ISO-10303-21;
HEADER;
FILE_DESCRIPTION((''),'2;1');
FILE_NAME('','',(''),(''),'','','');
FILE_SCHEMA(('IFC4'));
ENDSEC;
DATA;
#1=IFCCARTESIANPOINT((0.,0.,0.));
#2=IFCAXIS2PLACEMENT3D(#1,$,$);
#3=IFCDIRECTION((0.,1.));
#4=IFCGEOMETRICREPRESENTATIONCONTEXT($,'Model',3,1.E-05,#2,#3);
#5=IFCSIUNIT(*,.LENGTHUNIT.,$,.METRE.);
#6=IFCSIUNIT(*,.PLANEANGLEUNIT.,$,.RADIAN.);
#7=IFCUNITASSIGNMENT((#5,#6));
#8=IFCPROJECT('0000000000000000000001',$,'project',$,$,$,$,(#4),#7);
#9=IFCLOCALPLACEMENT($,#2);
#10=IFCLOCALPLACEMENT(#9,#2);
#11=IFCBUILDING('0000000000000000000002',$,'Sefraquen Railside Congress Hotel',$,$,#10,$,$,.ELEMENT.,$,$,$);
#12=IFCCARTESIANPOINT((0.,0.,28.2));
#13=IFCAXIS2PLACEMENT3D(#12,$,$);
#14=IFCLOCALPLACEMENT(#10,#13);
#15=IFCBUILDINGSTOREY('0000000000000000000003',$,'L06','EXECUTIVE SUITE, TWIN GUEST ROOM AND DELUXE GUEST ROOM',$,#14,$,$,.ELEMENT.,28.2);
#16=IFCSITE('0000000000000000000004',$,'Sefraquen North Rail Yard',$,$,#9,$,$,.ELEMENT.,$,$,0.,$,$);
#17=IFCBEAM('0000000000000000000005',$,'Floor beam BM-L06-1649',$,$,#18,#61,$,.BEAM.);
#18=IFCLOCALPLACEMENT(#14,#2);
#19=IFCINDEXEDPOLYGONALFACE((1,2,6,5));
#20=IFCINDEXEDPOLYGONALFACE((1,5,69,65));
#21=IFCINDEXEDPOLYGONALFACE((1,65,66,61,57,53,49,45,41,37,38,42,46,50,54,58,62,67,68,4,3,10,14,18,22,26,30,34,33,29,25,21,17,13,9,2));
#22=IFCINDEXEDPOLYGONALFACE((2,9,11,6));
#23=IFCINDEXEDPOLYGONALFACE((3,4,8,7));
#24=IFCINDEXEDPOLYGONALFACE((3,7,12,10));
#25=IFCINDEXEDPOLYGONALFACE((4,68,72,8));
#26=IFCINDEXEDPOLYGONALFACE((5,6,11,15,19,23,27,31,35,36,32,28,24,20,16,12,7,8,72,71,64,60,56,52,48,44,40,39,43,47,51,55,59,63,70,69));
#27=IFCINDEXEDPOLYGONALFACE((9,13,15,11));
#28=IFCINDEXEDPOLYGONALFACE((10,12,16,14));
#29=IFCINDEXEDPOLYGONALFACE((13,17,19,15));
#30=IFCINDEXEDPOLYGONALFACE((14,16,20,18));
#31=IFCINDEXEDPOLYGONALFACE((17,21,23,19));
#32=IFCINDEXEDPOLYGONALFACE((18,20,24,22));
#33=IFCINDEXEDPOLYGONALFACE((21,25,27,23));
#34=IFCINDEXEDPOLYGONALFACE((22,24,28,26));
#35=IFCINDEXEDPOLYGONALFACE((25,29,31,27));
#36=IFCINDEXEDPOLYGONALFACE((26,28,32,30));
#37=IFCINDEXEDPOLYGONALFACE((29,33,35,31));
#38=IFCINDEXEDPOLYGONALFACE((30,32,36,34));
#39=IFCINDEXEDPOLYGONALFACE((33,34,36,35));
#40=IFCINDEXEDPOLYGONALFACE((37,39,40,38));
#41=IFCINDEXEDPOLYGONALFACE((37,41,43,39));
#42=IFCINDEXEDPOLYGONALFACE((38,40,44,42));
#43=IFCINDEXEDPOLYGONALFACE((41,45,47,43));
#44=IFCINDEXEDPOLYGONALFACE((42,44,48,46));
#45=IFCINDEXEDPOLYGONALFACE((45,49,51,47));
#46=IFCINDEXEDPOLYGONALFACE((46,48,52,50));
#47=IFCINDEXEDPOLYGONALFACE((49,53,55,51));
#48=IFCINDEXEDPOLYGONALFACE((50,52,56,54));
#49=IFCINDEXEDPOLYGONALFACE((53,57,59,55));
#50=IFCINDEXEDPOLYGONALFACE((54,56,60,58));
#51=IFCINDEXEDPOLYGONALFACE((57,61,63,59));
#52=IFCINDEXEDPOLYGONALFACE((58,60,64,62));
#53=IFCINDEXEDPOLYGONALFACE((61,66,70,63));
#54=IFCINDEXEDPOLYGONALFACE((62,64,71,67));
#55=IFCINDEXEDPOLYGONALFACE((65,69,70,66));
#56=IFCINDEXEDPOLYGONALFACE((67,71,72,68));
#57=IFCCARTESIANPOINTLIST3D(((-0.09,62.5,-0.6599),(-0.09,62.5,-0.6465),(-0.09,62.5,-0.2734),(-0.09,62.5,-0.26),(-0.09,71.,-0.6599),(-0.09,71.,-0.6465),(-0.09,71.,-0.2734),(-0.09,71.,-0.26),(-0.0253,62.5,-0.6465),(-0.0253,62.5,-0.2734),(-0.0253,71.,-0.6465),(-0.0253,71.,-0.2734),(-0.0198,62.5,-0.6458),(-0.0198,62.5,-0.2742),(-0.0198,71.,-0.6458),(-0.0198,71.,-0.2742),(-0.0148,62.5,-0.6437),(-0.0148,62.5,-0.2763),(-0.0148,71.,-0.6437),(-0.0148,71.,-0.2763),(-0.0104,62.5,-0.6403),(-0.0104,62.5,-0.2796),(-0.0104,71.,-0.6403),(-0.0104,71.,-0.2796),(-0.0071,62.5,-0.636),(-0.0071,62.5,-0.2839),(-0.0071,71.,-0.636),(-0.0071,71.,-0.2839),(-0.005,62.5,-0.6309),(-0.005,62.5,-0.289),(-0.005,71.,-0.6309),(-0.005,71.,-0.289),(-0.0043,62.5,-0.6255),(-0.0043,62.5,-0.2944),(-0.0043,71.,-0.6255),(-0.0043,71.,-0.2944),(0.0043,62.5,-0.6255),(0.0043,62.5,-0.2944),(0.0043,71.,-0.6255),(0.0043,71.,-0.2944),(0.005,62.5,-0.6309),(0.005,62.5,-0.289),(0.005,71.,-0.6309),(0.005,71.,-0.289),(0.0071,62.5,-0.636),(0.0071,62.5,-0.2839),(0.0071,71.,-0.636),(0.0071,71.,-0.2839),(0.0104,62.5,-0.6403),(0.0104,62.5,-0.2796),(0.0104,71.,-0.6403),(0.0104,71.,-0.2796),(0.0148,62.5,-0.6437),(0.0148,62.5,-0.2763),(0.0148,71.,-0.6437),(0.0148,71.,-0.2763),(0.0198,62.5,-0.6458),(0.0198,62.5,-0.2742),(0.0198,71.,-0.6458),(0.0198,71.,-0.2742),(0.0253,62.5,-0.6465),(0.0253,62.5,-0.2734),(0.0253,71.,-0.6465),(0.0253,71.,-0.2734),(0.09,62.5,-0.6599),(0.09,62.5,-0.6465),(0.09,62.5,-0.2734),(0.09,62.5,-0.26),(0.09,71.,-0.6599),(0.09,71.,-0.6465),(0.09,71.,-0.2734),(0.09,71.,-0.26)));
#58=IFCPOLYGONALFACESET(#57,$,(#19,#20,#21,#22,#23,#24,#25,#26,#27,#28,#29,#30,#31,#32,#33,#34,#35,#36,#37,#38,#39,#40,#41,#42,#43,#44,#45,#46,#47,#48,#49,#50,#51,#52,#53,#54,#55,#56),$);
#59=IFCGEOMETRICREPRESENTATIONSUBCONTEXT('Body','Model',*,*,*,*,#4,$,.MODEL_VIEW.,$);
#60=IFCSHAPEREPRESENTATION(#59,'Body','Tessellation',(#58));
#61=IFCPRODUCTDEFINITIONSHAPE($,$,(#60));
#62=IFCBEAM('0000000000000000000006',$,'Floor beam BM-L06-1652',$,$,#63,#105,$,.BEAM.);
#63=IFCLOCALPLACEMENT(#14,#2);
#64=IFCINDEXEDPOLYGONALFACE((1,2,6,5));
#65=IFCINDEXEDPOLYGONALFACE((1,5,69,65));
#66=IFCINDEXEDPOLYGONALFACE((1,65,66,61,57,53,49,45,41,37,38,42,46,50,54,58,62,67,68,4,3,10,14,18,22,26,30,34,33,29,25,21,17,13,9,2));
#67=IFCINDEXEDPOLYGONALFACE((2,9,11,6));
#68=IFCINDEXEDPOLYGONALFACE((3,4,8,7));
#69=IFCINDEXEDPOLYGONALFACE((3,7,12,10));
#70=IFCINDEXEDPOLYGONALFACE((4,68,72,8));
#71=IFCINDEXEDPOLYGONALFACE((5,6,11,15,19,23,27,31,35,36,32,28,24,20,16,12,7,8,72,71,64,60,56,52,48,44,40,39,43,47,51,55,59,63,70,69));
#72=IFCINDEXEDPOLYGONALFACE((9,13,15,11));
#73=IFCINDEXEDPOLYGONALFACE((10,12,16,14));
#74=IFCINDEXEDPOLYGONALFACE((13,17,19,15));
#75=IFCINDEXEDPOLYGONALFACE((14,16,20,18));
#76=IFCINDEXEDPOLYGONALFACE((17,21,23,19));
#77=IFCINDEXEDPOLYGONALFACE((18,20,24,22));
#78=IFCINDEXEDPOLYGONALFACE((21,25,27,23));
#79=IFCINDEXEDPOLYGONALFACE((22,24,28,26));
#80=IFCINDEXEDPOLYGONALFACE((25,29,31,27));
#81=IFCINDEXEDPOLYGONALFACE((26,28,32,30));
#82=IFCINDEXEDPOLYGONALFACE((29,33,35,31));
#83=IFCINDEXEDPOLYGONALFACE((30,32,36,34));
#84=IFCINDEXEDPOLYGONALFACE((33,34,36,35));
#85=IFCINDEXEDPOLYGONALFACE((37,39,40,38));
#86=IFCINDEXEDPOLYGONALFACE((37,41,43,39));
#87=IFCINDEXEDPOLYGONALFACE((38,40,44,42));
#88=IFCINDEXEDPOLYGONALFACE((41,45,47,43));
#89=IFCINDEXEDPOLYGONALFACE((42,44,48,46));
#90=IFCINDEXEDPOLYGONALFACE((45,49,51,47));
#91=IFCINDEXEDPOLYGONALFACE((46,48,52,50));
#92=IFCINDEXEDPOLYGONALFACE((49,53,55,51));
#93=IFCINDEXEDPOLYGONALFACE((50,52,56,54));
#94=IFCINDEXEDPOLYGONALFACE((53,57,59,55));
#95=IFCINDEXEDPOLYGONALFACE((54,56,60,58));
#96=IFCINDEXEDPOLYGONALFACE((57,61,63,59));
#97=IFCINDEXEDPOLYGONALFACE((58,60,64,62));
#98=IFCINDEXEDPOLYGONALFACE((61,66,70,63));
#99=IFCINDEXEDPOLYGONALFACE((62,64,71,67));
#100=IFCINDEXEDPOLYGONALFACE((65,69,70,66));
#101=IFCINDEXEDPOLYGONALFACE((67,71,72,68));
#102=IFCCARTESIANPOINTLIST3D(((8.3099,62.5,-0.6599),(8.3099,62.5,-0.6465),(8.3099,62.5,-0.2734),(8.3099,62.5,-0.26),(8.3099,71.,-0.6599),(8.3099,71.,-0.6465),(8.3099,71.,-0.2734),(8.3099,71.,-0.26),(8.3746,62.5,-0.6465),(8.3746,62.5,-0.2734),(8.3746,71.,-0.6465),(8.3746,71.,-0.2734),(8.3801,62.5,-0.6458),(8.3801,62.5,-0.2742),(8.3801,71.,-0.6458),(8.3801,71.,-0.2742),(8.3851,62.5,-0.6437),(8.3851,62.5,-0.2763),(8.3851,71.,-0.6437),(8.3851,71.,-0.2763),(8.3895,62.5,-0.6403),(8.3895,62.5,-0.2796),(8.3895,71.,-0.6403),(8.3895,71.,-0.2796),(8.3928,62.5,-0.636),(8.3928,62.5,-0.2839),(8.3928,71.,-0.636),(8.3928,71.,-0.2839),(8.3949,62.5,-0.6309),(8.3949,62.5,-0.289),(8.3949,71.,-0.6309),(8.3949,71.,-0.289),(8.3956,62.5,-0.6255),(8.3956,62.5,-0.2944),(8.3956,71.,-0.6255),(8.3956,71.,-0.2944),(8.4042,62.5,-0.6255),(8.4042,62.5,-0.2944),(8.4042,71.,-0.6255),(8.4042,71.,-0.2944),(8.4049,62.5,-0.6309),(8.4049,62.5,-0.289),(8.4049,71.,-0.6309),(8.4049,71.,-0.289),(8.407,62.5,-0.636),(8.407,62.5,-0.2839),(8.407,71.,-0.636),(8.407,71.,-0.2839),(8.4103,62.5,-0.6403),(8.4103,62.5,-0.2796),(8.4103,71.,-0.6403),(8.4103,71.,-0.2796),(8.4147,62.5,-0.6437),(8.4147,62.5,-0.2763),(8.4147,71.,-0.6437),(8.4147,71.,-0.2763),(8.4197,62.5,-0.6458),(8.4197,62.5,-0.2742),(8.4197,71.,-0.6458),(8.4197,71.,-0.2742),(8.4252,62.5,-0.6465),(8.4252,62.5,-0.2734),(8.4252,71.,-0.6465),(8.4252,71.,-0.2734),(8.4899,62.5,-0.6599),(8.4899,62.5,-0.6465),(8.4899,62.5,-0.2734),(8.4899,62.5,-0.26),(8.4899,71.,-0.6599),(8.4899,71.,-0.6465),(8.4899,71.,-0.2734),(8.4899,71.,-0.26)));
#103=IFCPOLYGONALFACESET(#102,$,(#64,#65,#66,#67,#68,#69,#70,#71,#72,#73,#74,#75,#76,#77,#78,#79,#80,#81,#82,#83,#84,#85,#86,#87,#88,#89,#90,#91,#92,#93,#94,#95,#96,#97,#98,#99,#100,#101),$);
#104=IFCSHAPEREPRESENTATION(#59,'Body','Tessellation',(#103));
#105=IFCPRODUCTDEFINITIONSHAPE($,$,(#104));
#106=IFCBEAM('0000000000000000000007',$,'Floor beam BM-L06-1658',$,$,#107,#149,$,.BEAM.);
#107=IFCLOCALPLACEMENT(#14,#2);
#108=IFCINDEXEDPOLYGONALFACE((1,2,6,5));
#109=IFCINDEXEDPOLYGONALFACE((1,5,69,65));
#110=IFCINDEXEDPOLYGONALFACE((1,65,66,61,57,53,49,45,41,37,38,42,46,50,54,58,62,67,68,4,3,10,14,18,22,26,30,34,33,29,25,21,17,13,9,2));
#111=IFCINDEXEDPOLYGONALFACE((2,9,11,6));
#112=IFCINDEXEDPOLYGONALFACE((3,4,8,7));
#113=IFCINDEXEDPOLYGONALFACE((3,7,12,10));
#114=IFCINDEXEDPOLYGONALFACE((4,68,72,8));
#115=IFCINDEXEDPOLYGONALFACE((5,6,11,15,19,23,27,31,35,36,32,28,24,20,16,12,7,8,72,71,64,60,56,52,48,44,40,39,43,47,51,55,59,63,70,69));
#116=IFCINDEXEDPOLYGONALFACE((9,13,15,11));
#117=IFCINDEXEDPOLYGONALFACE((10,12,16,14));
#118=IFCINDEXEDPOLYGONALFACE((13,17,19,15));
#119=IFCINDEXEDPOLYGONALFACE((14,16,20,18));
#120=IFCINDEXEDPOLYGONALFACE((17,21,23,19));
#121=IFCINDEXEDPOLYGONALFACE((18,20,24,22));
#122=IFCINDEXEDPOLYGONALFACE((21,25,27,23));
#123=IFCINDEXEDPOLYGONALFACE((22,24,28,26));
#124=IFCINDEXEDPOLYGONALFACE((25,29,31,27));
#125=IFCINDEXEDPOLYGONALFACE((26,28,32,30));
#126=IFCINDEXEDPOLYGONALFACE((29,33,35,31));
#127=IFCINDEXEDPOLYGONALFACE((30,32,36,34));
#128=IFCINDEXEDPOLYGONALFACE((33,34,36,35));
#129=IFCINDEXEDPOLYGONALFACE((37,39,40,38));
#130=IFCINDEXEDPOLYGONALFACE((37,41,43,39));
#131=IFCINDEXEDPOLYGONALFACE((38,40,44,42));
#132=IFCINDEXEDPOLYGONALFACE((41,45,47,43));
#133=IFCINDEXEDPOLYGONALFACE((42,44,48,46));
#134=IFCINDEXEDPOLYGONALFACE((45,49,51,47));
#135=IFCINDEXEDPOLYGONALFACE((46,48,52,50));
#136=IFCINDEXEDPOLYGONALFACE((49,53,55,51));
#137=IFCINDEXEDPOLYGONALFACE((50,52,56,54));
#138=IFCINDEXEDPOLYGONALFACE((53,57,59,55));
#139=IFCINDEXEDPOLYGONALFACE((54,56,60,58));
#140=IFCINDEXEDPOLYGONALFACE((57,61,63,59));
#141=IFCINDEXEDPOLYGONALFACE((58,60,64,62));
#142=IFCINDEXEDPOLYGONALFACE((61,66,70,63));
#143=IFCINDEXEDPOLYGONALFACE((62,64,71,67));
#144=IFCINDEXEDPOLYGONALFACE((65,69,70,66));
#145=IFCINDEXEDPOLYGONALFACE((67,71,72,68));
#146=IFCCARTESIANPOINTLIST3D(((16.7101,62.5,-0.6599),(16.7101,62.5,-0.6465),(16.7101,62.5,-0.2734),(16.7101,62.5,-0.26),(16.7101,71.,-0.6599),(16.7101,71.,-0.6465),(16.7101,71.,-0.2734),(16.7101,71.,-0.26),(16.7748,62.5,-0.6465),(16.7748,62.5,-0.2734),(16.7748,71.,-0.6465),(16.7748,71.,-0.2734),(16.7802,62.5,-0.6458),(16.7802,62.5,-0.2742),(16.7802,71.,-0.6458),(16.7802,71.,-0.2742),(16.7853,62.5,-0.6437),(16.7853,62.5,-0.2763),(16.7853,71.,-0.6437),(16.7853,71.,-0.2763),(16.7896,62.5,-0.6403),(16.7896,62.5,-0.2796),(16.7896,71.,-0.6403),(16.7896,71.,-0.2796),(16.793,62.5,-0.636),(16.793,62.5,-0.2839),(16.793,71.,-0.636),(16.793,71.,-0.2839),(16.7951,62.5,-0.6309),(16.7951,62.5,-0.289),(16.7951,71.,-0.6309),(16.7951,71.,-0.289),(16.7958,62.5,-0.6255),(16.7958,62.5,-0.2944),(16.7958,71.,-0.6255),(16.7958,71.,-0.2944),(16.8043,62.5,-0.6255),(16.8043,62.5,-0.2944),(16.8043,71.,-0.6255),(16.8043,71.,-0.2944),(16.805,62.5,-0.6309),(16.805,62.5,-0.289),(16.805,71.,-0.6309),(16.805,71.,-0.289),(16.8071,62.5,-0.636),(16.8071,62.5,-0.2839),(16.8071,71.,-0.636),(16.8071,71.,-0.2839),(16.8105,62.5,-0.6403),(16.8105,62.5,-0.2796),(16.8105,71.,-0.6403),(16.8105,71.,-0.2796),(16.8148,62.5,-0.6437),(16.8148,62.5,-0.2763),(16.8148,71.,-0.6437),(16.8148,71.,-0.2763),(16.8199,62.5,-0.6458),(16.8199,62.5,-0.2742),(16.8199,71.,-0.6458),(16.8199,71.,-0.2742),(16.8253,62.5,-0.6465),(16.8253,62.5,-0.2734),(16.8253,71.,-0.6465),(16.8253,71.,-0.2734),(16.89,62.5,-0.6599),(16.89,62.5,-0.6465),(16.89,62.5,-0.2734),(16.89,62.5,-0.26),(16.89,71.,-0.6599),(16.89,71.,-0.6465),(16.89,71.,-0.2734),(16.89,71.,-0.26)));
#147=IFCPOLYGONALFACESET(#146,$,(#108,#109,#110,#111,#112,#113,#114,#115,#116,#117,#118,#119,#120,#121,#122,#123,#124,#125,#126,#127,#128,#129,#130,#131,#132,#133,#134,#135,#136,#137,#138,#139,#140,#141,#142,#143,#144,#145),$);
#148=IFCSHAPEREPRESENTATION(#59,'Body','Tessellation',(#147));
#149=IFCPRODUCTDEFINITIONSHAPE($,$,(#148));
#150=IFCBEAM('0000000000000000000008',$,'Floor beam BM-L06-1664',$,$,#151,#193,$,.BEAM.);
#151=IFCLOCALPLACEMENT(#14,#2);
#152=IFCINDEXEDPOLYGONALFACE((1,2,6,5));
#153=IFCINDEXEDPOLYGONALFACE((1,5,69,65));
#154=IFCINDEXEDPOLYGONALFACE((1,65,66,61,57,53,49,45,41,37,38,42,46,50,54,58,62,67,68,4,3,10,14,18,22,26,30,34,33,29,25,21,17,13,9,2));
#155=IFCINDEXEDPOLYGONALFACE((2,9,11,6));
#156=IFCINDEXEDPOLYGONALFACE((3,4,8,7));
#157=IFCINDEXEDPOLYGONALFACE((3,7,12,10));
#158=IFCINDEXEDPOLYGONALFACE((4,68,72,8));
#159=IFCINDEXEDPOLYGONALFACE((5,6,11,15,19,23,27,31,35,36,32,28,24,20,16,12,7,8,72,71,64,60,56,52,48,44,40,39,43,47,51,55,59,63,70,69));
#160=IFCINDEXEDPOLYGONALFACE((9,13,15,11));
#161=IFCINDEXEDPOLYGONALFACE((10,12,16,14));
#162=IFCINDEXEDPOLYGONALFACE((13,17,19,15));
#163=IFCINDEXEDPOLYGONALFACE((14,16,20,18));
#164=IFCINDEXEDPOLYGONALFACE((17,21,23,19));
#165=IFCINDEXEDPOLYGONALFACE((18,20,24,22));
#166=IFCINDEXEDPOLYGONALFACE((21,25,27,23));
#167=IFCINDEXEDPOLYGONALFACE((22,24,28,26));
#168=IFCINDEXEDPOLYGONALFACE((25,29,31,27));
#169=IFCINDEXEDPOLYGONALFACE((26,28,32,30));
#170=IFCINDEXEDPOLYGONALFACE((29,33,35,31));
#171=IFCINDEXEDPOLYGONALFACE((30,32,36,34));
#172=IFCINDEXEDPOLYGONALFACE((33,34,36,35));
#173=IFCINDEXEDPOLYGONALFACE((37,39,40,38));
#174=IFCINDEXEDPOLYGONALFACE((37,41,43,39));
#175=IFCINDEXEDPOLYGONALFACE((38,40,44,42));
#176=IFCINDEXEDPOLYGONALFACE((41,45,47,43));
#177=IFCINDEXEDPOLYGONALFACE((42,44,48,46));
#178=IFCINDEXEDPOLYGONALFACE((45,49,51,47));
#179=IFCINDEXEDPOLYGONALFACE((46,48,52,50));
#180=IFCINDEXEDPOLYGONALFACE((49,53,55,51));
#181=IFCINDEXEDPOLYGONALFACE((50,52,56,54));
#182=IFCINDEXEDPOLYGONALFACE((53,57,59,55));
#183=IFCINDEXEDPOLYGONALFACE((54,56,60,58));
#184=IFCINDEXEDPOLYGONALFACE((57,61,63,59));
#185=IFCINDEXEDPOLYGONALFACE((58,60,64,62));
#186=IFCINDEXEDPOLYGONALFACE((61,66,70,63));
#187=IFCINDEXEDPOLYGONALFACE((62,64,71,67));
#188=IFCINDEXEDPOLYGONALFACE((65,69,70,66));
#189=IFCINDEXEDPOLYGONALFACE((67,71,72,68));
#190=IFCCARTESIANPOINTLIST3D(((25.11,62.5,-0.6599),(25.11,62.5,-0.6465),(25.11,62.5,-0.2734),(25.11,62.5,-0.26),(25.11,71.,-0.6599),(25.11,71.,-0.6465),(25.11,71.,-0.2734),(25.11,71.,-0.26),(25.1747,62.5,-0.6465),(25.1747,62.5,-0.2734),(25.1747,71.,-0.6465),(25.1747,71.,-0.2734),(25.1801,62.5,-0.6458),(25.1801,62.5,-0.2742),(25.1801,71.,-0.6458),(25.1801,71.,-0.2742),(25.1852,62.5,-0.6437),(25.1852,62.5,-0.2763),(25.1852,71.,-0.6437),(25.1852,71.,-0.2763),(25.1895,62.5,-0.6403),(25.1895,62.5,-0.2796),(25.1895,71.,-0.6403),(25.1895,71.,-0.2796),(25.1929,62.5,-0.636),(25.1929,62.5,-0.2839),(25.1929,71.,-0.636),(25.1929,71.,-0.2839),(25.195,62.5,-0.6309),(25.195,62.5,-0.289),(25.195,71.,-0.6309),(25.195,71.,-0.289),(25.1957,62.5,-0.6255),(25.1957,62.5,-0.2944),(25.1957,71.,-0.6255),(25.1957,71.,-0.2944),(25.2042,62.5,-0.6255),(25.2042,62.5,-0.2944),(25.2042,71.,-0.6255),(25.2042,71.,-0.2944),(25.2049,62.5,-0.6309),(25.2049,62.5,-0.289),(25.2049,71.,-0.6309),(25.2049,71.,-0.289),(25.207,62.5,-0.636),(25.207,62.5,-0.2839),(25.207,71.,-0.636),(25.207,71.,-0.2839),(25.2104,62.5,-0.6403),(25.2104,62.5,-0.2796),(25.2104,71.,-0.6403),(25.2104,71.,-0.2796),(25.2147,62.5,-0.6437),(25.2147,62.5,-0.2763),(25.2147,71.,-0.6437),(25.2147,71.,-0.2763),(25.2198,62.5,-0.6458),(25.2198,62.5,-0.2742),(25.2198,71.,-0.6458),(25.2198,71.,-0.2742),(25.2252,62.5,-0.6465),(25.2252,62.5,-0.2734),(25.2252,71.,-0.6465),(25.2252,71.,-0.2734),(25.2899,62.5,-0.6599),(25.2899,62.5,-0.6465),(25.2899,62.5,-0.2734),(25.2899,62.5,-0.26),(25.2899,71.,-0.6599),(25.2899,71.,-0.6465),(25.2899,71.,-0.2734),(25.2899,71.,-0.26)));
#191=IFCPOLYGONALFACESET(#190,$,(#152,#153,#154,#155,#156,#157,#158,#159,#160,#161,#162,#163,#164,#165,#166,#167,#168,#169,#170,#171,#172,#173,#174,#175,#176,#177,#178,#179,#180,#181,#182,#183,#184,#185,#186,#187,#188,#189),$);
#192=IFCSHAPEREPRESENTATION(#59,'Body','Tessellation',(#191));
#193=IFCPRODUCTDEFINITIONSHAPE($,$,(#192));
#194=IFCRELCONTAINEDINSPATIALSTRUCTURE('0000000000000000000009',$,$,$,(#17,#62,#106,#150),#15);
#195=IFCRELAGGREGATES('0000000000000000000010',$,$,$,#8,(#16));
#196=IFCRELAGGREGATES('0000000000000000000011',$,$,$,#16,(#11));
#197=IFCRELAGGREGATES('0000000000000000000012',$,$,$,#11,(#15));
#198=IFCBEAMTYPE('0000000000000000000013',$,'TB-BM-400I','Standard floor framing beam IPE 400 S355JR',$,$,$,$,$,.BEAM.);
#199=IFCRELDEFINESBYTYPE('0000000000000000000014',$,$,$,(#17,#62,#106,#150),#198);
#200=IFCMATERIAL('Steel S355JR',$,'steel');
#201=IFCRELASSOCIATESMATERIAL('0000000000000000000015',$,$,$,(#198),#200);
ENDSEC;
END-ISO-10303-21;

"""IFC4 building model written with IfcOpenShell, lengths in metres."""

from ifc_helpers import new_model, si_unit, direction, frame, origin, origin_2d, place, context, subcontext, project, spatial, i_section, extrude, material, material_profile, profile_set, type_object, element, save


model = new_model("IFC4")

# Units and contexts
model_context = context("Model", 3, precision=1e-05, world=origin(), true_north=direction((0.0, 1.0)))
body_context = subcontext(model_context, "Body", "Model", "MODEL_VIEW")
ifc_project = project(units=[si_unit("LENGTHUNIT", "METRE"), si_unit("PLANEANGLEUNIT", "RADIAN")], contexts=[model_context])

# Site, building, storey
site_placement = place(None, origin())
site = spatial("IfcSite", under=ifc_project, at=site_placement, Name="Sefraquen North Rail Yard", CompositionType="ELEMENT", RefElevation=0.0)
building_placement = place(site_placement, origin())
building = spatial("IfcBuilding", under=site, at=building_placement, Name="Sefraquen Railside Congress Hotel", CompositionType="ELEMENT")
storey_placement = place(building_placement, frame((0.0, 0.0, 28.2)))
storey = spatial("IfcBuildingStorey", under=building, at=storey_placement, Name="L06", Description="EXECUTIVE SUITE, TWIN GUEST ROOM AND DELUXE GUEST ROOM", CompositionType="ELEMENT", Elevation=28.2)

# Shared definitions
ifc_material_1 = material(Name="Steel S355JR", Category="steel")

# Beams
ifc_material_profile_1 = material_profile(ifc_material_1, i_section(OverallWidth=0.1799, OverallDepth=0.3999, WebThickness=0.0085, FlangeThickness=0.0134, FilletRadius=0.021, at=origin_2d()), Name="IPE 400")
ifc_profile_set_1 = profile_set([ifc_material_profile_1], Name="Steel S355JR")
beam_type_1 = type_object("IfcBeamType", Name="TB-BM-400I", Description="Standard floor framing beam IPE 400 S355JR", PredefinedType="BEAM", material=ifc_profile_set_1)
for number, where, z_axis, x_axis, name in (
    (1, (0.0, 62.5, -0.46), (0.0, 1.0, 0.0), (-1.0, 0.0, 0.0), "Floor beam BM-L06-1649"),
    (2, (8.3999, 62.5, -0.46), (0.0, 1.0, 0.0), (-1.0, 0.0, 0.0), "Floor beam BM-L06-1652"),
    (3, (16.8, 62.5, -0.46), (0.0, 1.0, 0.0), (-1.0, 0.0, 0.0), "Floor beam BM-L06-1658"),
    (4, (25.2, 62.5, -0.46), (0.0, 1.0, 0.0), (-1.0, 0.0, 0.0), "Floor beam BM-L06-1664"),
):
    element("IfcBeam", number, at=place(storey_placement, frame(where, z_axis=z_axis, x_axis=x_axis)), inside=storey, type_object=beam_type_1, Name=name, PredefinedType="BEAM", context=body_context, shape_type="SweptSolid", body=[
        extrude(i_section(OverallWidth=0.1799, OverallDepth=0.3999, WebThickness=0.0085, FlangeThickness=0.0134, FilletRadius=0.021, at=origin_2d()), origin(), (0.0, 0.0, 1.0), 8.5),
    ])

save(model, "model.ifc")
